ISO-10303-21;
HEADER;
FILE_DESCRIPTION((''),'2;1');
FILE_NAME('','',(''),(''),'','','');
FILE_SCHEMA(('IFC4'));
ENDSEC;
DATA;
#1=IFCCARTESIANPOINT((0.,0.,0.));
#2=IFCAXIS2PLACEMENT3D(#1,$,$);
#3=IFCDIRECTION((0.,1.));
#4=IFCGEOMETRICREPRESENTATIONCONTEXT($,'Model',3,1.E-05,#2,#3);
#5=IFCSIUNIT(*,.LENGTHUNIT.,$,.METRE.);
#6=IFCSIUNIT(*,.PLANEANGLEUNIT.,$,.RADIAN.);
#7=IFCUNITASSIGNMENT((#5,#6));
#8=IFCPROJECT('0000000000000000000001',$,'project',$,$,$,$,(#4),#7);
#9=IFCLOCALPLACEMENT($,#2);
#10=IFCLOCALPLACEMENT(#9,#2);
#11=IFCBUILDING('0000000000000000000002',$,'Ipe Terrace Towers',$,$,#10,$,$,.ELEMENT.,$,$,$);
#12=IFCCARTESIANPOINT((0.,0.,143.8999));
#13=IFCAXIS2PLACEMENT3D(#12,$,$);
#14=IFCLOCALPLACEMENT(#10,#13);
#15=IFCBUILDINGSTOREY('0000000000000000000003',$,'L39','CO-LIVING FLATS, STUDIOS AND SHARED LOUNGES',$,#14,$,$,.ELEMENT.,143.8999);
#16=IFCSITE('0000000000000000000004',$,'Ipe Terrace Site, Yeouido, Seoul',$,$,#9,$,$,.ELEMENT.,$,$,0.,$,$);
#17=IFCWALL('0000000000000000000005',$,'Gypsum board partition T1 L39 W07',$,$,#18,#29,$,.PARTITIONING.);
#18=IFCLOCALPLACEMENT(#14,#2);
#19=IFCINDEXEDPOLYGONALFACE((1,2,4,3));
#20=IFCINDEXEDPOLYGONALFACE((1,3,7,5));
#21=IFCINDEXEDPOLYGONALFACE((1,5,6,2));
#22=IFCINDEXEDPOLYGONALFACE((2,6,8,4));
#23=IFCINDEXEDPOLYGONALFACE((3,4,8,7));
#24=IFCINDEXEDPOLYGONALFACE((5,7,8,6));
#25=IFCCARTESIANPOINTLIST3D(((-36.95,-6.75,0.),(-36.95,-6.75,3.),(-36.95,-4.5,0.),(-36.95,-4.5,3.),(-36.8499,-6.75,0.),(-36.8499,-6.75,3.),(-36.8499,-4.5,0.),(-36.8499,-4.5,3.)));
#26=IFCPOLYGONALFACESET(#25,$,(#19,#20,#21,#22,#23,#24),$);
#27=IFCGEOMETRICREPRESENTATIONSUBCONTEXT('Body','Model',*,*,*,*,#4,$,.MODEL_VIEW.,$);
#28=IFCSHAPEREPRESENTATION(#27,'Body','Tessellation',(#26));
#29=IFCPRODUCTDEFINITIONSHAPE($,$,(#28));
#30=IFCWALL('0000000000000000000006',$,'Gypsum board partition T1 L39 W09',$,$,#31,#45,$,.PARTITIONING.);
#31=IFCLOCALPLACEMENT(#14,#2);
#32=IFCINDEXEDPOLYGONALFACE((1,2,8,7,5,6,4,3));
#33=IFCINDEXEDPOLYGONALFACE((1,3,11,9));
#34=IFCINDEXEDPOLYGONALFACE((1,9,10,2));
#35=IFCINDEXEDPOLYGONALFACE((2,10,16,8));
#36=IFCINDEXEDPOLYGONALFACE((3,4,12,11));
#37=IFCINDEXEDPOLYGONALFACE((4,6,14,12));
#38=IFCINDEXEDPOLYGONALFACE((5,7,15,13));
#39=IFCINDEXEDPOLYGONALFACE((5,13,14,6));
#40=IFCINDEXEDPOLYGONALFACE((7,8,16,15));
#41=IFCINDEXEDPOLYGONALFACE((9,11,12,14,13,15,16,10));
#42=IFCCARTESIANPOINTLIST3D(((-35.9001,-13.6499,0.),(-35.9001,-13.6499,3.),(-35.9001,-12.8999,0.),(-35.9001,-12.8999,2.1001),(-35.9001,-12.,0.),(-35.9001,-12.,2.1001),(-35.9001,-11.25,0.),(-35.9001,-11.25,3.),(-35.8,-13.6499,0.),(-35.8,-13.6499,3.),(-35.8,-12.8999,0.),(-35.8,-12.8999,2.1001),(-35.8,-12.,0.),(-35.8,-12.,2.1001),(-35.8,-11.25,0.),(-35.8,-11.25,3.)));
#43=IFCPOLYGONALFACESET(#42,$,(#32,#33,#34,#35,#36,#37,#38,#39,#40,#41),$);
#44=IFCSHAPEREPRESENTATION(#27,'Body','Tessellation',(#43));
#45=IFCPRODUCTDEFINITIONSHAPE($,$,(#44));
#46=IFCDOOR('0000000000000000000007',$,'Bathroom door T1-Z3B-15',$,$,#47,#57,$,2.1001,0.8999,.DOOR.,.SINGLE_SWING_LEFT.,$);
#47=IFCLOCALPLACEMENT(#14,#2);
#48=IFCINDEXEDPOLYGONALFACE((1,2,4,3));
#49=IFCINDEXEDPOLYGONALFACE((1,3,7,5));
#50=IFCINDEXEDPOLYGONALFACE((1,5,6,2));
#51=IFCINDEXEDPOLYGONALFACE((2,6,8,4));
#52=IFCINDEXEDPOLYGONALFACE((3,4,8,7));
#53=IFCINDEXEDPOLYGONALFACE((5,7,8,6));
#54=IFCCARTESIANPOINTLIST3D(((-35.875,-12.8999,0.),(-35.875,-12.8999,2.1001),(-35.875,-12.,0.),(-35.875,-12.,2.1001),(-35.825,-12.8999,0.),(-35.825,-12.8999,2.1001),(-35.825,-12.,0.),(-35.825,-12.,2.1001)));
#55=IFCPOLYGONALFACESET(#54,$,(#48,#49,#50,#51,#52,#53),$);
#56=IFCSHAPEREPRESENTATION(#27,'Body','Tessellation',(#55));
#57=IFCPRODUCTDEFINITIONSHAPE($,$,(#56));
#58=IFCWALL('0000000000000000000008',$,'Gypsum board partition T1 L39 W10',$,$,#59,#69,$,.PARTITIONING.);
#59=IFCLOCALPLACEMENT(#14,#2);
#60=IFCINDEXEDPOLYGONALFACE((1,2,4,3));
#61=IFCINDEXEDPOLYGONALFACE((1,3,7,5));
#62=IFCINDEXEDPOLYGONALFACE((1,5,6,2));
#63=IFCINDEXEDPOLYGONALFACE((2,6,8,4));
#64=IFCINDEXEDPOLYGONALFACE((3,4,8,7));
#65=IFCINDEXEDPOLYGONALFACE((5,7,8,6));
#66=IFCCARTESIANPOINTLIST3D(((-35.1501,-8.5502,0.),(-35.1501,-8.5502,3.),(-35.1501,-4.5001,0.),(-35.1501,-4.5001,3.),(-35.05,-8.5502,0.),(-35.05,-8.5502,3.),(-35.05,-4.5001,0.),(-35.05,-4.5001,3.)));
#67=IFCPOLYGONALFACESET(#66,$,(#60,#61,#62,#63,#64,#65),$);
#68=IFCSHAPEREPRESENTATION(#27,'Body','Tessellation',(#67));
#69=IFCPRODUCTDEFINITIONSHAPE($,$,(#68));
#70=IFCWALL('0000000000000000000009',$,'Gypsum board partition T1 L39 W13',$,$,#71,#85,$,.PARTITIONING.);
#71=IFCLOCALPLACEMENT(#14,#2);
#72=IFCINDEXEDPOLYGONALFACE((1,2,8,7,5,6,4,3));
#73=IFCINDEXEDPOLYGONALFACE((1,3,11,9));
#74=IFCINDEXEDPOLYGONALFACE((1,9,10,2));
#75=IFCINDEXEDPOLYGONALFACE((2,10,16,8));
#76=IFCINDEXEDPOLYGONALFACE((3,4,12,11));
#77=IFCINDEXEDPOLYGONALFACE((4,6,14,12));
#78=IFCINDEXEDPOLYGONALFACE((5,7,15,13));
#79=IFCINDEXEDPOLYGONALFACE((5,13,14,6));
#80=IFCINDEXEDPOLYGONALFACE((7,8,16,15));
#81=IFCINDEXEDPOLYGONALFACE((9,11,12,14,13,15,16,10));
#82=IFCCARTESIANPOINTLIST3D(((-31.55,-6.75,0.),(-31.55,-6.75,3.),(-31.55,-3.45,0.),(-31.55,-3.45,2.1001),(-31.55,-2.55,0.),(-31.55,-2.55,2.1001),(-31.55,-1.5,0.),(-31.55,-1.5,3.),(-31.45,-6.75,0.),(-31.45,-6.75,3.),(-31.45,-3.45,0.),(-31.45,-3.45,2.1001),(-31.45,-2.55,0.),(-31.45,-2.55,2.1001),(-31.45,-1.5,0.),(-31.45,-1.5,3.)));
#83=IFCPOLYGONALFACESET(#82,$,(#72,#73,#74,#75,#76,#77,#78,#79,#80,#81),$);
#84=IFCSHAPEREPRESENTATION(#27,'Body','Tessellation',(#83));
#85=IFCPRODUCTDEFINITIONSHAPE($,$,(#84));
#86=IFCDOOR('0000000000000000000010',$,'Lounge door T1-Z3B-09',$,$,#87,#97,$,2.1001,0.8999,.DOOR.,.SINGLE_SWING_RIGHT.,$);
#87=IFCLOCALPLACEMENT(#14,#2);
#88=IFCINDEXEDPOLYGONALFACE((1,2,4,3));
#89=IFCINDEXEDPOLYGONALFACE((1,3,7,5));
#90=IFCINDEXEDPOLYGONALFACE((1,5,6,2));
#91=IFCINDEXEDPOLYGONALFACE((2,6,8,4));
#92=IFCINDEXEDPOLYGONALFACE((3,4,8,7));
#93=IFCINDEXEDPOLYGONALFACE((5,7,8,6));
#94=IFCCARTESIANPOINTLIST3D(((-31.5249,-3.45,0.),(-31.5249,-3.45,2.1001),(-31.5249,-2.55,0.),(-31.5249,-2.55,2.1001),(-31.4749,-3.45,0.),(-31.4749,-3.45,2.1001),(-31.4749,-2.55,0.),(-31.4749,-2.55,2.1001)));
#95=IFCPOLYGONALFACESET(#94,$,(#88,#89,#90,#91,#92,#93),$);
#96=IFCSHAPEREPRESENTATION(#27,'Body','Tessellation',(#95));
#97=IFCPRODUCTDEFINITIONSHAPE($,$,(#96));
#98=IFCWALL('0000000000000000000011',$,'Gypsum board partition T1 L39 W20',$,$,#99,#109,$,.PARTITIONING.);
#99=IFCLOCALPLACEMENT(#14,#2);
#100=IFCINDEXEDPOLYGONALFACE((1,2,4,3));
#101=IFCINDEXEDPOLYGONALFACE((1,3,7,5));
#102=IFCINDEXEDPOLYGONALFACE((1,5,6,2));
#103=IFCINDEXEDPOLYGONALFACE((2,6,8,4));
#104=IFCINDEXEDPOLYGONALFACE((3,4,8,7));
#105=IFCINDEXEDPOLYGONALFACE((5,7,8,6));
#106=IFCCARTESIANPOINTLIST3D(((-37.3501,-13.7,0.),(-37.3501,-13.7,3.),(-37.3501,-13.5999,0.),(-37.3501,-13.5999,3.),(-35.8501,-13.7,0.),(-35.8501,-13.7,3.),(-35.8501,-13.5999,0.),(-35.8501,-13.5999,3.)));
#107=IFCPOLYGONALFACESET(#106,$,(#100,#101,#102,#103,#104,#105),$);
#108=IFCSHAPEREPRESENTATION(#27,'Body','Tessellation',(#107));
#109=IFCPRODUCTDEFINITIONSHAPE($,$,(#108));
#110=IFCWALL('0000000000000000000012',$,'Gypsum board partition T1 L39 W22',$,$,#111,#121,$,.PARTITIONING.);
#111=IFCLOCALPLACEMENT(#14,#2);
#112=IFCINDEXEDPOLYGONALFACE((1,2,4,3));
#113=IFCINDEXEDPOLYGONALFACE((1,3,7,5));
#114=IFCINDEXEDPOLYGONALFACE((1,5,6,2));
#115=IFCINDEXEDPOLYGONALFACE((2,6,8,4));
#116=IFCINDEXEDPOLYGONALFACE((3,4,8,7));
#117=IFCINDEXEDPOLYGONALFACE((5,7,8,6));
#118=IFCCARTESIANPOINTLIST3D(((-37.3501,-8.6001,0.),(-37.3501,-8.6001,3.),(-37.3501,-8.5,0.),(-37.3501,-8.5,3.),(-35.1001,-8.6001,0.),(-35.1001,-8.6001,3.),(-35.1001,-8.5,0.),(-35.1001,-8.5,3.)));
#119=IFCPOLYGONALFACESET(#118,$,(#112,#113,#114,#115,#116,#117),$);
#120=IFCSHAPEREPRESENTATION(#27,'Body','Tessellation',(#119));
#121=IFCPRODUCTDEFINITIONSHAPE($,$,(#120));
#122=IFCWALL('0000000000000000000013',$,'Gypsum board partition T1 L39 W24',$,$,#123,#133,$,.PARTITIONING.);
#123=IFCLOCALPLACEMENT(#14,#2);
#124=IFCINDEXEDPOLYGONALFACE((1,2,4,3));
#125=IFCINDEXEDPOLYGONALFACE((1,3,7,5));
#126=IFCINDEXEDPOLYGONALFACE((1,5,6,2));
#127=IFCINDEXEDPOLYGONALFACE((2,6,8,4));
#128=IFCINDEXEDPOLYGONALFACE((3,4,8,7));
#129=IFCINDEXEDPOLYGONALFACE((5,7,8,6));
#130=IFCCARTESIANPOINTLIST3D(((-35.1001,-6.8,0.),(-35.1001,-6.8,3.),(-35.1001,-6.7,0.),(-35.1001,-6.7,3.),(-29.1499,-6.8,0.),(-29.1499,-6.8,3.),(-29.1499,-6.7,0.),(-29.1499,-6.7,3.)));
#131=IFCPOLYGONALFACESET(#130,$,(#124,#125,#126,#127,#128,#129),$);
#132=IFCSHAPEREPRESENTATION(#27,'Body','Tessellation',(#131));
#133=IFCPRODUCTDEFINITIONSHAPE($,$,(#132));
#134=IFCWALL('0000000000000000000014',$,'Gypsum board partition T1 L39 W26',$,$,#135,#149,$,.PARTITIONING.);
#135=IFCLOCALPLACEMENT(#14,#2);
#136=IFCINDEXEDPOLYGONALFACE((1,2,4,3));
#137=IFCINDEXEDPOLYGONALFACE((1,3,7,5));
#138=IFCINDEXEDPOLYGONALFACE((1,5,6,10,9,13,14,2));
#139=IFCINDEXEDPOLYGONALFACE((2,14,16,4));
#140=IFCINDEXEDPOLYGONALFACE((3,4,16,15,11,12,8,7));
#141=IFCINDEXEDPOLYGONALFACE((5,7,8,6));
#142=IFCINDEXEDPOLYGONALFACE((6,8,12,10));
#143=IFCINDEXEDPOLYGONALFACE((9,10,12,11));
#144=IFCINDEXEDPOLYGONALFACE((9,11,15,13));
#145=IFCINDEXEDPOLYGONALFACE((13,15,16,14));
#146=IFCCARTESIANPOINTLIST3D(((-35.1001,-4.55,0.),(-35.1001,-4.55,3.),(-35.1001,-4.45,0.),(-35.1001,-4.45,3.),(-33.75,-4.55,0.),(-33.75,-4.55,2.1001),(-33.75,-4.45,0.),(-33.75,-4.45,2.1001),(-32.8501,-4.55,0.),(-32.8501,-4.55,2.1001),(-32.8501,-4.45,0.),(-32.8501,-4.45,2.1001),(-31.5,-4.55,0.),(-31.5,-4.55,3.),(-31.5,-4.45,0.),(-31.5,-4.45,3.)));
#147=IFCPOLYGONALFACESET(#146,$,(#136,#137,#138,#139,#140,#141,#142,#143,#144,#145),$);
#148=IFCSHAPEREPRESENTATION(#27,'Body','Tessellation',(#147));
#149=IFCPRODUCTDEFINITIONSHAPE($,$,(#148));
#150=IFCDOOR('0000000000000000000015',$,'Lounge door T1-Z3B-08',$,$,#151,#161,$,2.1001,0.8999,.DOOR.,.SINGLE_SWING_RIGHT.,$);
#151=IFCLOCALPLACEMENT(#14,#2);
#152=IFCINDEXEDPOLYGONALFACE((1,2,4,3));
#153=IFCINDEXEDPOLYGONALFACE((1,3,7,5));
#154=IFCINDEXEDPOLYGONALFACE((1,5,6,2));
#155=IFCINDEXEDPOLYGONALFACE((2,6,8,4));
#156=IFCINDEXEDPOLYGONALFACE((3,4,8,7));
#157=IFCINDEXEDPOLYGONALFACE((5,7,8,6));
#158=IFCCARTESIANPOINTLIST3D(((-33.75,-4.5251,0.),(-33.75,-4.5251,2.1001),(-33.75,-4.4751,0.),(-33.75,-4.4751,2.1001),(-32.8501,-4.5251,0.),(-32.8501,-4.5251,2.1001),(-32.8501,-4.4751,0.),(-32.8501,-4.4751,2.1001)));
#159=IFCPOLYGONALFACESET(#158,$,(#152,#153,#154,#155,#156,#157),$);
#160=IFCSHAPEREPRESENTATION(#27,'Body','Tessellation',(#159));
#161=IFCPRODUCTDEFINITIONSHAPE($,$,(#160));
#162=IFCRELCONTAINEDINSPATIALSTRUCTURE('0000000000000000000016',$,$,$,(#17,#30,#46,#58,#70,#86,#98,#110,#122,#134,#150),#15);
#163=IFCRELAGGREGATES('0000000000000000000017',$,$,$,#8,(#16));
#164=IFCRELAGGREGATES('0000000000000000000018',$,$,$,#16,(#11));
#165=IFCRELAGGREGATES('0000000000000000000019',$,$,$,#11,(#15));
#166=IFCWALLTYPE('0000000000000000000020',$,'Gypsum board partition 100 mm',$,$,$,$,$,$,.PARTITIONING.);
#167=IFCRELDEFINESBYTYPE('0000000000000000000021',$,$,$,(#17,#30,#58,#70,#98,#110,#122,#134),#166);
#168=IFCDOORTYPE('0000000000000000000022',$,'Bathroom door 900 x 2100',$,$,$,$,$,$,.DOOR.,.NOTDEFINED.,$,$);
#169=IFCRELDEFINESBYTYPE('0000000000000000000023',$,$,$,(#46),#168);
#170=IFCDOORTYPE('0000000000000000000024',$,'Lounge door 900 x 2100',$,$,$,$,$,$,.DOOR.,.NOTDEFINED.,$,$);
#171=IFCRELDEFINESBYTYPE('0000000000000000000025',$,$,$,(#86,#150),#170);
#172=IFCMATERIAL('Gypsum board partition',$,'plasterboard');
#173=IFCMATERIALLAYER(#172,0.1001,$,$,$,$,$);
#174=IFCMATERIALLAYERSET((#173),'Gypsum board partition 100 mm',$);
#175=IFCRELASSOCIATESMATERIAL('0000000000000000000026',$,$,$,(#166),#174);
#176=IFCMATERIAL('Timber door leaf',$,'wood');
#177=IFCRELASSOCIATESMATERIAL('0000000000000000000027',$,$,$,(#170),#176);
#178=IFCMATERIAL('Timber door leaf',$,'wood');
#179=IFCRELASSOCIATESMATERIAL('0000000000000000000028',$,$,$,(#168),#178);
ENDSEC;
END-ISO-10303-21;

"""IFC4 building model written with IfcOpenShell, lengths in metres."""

from ifc_helpers import new_model, si_unit, direction, frame, frame_2d, origin, place, context, subcontext, project, spatial, rectangle, extrude, material, layer, layer_set, type_object, element, fill, save


model = new_model("IFC4")

# Units and contexts
model_context = context("Model", 3, precision=1e-05, world=origin(), true_north=direction((0.0, 1.0)))
body_context = subcontext(model_context, "Body", "Model", "MODEL_VIEW")
ifc_project = project(units=[si_unit("LENGTHUNIT", "METRE"), si_unit("PLANEANGLEUNIT", "RADIAN")], contexts=[model_context])

# Site, building, storey
site_placement = place(None, origin())
site = spatial("IfcSite", under=ifc_project, at=site_placement, Name="Ipe Terrace Site, Yeouido, Seoul", CompositionType="ELEMENT", RefElevation=0.0)
building_placement = place(site_placement, origin())
building = spatial("IfcBuilding", under=site, at=building_placement, Name="Ipe Terrace Towers", CompositionType="ELEMENT")
storey_placement = place(building_placement, frame((0.0, 0.0, 143.8999)))
storey = spatial("IfcBuildingStorey", under=building, at=storey_placement, Name="L39", Description="CO-LIVING FLATS, STUDIOS AND SHARED LOUNGES", CompositionType="ELEMENT", Elevation=143.8999)

# Shared definitions
ifc_material_1 = material(Name="Gypsum board partition", Category="plasterboard")
ifc_layer_1 = layer(ifc_material_1, 0.1001)
ifc_layer_set_1 = layer_set([ifc_layer_1], Name="Gypsum board partition 100 mm")
wall_type_1 = type_object("IfcWallType", Name="Gypsum board partition 100 mm", PredefinedType="PARTITIONING", material=ifc_layer_set_1)
ifc_material_2 = material(Name="Timber door leaf", Category="wood")
door_type_1 = type_object("IfcDoorType", Name="Lounge door 900 x 2100", OperationType="NOTDEFINED", PredefinedType="DOOR", material=ifc_material_2)

# Wall
wall_1_placement = place(storey_placement, frame((-36.8999, -6.75, 0.0), z_axis=(0.0, 0.0, 1.0), x_axis=(0.0, 1.0, 0.0)))
element("IfcWall", 1, at=wall_1_placement, inside=storey, type_object=wall_type_1, Name="Gypsum board partition T1 L39 W07", PredefinedType="PARTITIONING", context=body_context, shape_type="SweptSolid", body=[
    extrude(rectangle(XDim=2.25, YDim=0.1001, at=frame_2d((1.125, 0.0))), origin(), (0.0, 0.0, 1.0), 3.0),
])

# Wall, opening, door
wall_2_placement = place(storey_placement, frame((-35.8501, -13.6499, 0.0), z_axis=(0.0, 0.0, 1.0), x_axis=(0.0, 1.0, 0.0)))
wall_2 = element("IfcWall", 2, at=wall_2_placement, inside=storey, type_object=wall_type_1, Name="Gypsum board partition T1 L39 W09", PredefinedType="PARTITIONING", context=body_context, shape_type="SweptSolid", body=[
    extrude(rectangle(XDim=2.3999, YDim=0.1001, at=frame_2d((1.2, 0.0))), origin(), (0.0, 0.0, 1.0), 3.0),
])
opening_1_placement = place(wall_2_placement, frame((0.75, 0.0, 0.0)))
opening_1 = element("IfcOpeningElement", 3, at=opening_1_placement, cuts=wall_2, PredefinedType="OPENING", context=body_context, shape_type="SweptSolid", body=[
    extrude(rectangle(XDim=0.8999, YDim=2.1001, at=frame_2d((0.45, 1.05))), frame((0.0, 0.0601, 0.0), z_axis=(0.0, -1.0, 0.0), x_axis=(1.0, 0.0, 0.0)), (0.0, 0.0, 1.0), 0.1201),
])
ifc_material_3 = material(Name="Timber door leaf", Category="wood")
door_type_2 = type_object("IfcDoorType", Name="Bathroom door 900 x 2100", OperationType="NOTDEFINED", PredefinedType="DOOR", material=ifc_material_3)
door_1_placement = place(opening_1_placement, origin())
door_1 = element("IfcDoor", 4, at=door_1_placement, inside=storey, type_object=door_type_2, Name="Bathroom door T1-Z3B-15", OperationType="SINGLE_SWING_LEFT", OverallHeight=2.1001, OverallWidth=0.8999, PredefinedType="DOOR", context=body_context, shape_type="SweptSolid", body=[
    extrude(rectangle(XDim=0.8999, YDim=2.1001, at=frame_2d((0.45, 1.05))), frame((0.0, 0.0249, 0.0), z_axis=(0.0, -1.0, 0.0), x_axis=(1.0, 0.0, 0.0)), (0.0, 0.0, 1.0), 0.05),
])
fill(opening_1, door_1)

# Wall
wall_3_placement = place(storey_placement, frame((-35.1001, -8.55, 0.0), z_axis=(0.0, 0.0, 1.0), x_axis=(0.0, 1.0, 0.0)))
element("IfcWall", 5, at=wall_3_placement, inside=storey, type_object=wall_type_1, Name="Gypsum board partition T1 L39 W10", PredefinedType="PARTITIONING", context=body_context, shape_type="SweptSolid", body=[
    extrude(rectangle(XDim=4.05, YDim=0.1001, at=frame_2d((2.0249, 0.0))), origin(), (0.0, 0.0, 1.0), 3.0),
])

# Wall, opening, door
wall_4_placement = place(storey_placement, frame((-31.5, -6.75, 0.0), z_axis=(0.0, 0.0, 1.0), x_axis=(0.0, 1.0, 0.0)))
wall_4 = element("IfcWall", 6, at=wall_4_placement, inside=storey, type_object=wall_type_1, Name="Gypsum board partition T1 L39 W13", PredefinedType="PARTITIONING", context=body_context, shape_type="SweptSolid", body=[
    extrude(rectangle(XDim=5.25, YDim=0.1001, at=frame_2d((2.625, 0.0))), origin(), (0.0, 0.0, 1.0), 3.0),
])
opening_2_placement = place(wall_4_placement, frame((3.3, 0.0, 0.0)))
opening_2 = element("IfcOpeningElement", 7, at=opening_2_placement, cuts=wall_4, PredefinedType="OPENING", context=body_context, shape_type="SweptSolid", body=[
    extrude(rectangle(XDim=0.8999, YDim=2.1001, at=frame_2d((0.45, 1.05))), frame((0.0, 0.0601, 0.0), z_axis=(0.0, -1.0, 0.0), x_axis=(1.0, 0.0, 0.0)), (0.0, 0.0, 1.0), 0.1201),
])
door_2_placement = place(opening_2_placement, origin())
door_2 = element("IfcDoor", 8, at=door_2_placement, inside=storey, type_object=door_type_1, Name="Lounge door T1-Z3B-09", OperationType="SINGLE_SWING_RIGHT", OverallHeight=2.1001, OverallWidth=0.8999, PredefinedType="DOOR", context=body_context, shape_type="SweptSolid", body=[
    extrude(rectangle(XDim=0.8999, YDim=2.1001, at=frame_2d((0.45, 1.05))), frame((0.0, 0.0249, 0.0), z_axis=(0.0, -1.0, 0.0), x_axis=(1.0, 0.0, 0.0)), (0.0, 0.0, 1.0), 0.05),
])
fill(opening_2, door_2)

# Walls
wall_5_placement = place(storey_placement, frame((-37.3501, -13.6499, 0.0), z_axis=(0.0, 0.0, 1.0), x_axis=(1.0, 0.0, 0.0)))
element("IfcWall", 9, at=wall_5_placement, inside=storey, type_object=wall_type_1, Name="Gypsum board partition T1 L39 W20", PredefinedType="PARTITIONING", context=body_context, shape_type="SweptSolid", body=[
    extrude(rectangle(XDim=1.5, YDim=0.1001, at=frame_2d((0.75, 0.0))), origin(), (0.0, 0.0, 1.0), 3.0),
])
wall_6_placement = place(storey_placement, frame((-37.3501, -8.55, 0.0), z_axis=(0.0, 0.0, 1.0), x_axis=(1.0, 0.0, 0.0)))
element("IfcWall", 10, at=wall_6_placement, inside=storey, type_object=wall_type_1, Name="Gypsum board partition T1 L39 W22", PredefinedType="PARTITIONING", context=body_context, shape_type="SweptSolid", body=[
    extrude(rectangle(XDim=2.25, YDim=0.1001, at=frame_2d((1.125, 0.0))), origin(), (0.0, 0.0, 1.0), 3.0),
])
wall_7_placement = place(storey_placement, frame((-35.1001, -6.75, 0.0), z_axis=(0.0, 0.0, 1.0), x_axis=(1.0, 0.0, 0.0)))
element("IfcWall", 11, at=wall_7_placement, inside=storey, type_object=wall_type_1, Name="Gypsum board partition T1 L39 W24", PredefinedType="PARTITIONING", context=body_context, shape_type="SweptSolid", body=[
    extrude(rectangle(XDim=5.9502, YDim=0.1001, at=frame_2d((2.9751, 0.0))), origin(), (0.0, 0.0, 1.0), 3.0),
])

# Wall, opening, door
wall_8_placement = place(storey_placement, frame((-35.1001, -4.5, 0.0), z_axis=(0.0, 0.0, 1.0), x_axis=(1.0, 0.0, 0.0)))
wall_8 = element("IfcWall", 12, at=wall_8_placement, inside=storey, type_object=wall_type_1, Name="Gypsum board partition T1 L39 W26", PredefinedType="PARTITIONING", context=body_context, shape_type="SweptSolid", body=[
    extrude(rectangle(XDim=3.6001, YDim=0.1001, at=frame_2d((1.8, 0.0))), origin(), (0.0, 0.0, 1.0), 3.0),
])
opening_3_placement = place(wall_8_placement, frame((1.3501, 0.0, 0.0)))
opening_3 = element("IfcOpeningElement", 13, at=opening_3_placement, cuts=wall_8, PredefinedType="OPENING", context=body_context, shape_type="SweptSolid", body=[
    extrude(rectangle(XDim=0.8999, YDim=2.1001, at=frame_2d((0.45, 1.05))), frame((0.0, 0.0601, 0.0), z_axis=(0.0, -1.0, 0.0), x_axis=(1.0, 0.0, 0.0)), (0.0, 0.0, 1.0), 0.1201),
])
door_3_placement = place(opening_3_placement, origin())
door_3 = element("IfcDoor", 14, at=door_3_placement, inside=storey, type_object=door_type_1, Name="Lounge door T1-Z3B-08", OperationType="SINGLE_SWING_RIGHT", OverallHeight=2.1001, OverallWidth=0.8999, PredefinedType="DOOR", context=body_context, shape_type="SweptSolid", body=[
    extrude(rectangle(XDim=0.8999, YDim=2.1001, at=frame_2d((0.45, 1.05))), frame((0.0, 0.0249, 0.0), z_axis=(0.0, -1.0, 0.0), x_axis=(1.0, 0.0, 0.0)), (0.0, 0.0, 1.0), 0.05),
])
fill(opening_3, door_3)

save(model, "model.ifc")
